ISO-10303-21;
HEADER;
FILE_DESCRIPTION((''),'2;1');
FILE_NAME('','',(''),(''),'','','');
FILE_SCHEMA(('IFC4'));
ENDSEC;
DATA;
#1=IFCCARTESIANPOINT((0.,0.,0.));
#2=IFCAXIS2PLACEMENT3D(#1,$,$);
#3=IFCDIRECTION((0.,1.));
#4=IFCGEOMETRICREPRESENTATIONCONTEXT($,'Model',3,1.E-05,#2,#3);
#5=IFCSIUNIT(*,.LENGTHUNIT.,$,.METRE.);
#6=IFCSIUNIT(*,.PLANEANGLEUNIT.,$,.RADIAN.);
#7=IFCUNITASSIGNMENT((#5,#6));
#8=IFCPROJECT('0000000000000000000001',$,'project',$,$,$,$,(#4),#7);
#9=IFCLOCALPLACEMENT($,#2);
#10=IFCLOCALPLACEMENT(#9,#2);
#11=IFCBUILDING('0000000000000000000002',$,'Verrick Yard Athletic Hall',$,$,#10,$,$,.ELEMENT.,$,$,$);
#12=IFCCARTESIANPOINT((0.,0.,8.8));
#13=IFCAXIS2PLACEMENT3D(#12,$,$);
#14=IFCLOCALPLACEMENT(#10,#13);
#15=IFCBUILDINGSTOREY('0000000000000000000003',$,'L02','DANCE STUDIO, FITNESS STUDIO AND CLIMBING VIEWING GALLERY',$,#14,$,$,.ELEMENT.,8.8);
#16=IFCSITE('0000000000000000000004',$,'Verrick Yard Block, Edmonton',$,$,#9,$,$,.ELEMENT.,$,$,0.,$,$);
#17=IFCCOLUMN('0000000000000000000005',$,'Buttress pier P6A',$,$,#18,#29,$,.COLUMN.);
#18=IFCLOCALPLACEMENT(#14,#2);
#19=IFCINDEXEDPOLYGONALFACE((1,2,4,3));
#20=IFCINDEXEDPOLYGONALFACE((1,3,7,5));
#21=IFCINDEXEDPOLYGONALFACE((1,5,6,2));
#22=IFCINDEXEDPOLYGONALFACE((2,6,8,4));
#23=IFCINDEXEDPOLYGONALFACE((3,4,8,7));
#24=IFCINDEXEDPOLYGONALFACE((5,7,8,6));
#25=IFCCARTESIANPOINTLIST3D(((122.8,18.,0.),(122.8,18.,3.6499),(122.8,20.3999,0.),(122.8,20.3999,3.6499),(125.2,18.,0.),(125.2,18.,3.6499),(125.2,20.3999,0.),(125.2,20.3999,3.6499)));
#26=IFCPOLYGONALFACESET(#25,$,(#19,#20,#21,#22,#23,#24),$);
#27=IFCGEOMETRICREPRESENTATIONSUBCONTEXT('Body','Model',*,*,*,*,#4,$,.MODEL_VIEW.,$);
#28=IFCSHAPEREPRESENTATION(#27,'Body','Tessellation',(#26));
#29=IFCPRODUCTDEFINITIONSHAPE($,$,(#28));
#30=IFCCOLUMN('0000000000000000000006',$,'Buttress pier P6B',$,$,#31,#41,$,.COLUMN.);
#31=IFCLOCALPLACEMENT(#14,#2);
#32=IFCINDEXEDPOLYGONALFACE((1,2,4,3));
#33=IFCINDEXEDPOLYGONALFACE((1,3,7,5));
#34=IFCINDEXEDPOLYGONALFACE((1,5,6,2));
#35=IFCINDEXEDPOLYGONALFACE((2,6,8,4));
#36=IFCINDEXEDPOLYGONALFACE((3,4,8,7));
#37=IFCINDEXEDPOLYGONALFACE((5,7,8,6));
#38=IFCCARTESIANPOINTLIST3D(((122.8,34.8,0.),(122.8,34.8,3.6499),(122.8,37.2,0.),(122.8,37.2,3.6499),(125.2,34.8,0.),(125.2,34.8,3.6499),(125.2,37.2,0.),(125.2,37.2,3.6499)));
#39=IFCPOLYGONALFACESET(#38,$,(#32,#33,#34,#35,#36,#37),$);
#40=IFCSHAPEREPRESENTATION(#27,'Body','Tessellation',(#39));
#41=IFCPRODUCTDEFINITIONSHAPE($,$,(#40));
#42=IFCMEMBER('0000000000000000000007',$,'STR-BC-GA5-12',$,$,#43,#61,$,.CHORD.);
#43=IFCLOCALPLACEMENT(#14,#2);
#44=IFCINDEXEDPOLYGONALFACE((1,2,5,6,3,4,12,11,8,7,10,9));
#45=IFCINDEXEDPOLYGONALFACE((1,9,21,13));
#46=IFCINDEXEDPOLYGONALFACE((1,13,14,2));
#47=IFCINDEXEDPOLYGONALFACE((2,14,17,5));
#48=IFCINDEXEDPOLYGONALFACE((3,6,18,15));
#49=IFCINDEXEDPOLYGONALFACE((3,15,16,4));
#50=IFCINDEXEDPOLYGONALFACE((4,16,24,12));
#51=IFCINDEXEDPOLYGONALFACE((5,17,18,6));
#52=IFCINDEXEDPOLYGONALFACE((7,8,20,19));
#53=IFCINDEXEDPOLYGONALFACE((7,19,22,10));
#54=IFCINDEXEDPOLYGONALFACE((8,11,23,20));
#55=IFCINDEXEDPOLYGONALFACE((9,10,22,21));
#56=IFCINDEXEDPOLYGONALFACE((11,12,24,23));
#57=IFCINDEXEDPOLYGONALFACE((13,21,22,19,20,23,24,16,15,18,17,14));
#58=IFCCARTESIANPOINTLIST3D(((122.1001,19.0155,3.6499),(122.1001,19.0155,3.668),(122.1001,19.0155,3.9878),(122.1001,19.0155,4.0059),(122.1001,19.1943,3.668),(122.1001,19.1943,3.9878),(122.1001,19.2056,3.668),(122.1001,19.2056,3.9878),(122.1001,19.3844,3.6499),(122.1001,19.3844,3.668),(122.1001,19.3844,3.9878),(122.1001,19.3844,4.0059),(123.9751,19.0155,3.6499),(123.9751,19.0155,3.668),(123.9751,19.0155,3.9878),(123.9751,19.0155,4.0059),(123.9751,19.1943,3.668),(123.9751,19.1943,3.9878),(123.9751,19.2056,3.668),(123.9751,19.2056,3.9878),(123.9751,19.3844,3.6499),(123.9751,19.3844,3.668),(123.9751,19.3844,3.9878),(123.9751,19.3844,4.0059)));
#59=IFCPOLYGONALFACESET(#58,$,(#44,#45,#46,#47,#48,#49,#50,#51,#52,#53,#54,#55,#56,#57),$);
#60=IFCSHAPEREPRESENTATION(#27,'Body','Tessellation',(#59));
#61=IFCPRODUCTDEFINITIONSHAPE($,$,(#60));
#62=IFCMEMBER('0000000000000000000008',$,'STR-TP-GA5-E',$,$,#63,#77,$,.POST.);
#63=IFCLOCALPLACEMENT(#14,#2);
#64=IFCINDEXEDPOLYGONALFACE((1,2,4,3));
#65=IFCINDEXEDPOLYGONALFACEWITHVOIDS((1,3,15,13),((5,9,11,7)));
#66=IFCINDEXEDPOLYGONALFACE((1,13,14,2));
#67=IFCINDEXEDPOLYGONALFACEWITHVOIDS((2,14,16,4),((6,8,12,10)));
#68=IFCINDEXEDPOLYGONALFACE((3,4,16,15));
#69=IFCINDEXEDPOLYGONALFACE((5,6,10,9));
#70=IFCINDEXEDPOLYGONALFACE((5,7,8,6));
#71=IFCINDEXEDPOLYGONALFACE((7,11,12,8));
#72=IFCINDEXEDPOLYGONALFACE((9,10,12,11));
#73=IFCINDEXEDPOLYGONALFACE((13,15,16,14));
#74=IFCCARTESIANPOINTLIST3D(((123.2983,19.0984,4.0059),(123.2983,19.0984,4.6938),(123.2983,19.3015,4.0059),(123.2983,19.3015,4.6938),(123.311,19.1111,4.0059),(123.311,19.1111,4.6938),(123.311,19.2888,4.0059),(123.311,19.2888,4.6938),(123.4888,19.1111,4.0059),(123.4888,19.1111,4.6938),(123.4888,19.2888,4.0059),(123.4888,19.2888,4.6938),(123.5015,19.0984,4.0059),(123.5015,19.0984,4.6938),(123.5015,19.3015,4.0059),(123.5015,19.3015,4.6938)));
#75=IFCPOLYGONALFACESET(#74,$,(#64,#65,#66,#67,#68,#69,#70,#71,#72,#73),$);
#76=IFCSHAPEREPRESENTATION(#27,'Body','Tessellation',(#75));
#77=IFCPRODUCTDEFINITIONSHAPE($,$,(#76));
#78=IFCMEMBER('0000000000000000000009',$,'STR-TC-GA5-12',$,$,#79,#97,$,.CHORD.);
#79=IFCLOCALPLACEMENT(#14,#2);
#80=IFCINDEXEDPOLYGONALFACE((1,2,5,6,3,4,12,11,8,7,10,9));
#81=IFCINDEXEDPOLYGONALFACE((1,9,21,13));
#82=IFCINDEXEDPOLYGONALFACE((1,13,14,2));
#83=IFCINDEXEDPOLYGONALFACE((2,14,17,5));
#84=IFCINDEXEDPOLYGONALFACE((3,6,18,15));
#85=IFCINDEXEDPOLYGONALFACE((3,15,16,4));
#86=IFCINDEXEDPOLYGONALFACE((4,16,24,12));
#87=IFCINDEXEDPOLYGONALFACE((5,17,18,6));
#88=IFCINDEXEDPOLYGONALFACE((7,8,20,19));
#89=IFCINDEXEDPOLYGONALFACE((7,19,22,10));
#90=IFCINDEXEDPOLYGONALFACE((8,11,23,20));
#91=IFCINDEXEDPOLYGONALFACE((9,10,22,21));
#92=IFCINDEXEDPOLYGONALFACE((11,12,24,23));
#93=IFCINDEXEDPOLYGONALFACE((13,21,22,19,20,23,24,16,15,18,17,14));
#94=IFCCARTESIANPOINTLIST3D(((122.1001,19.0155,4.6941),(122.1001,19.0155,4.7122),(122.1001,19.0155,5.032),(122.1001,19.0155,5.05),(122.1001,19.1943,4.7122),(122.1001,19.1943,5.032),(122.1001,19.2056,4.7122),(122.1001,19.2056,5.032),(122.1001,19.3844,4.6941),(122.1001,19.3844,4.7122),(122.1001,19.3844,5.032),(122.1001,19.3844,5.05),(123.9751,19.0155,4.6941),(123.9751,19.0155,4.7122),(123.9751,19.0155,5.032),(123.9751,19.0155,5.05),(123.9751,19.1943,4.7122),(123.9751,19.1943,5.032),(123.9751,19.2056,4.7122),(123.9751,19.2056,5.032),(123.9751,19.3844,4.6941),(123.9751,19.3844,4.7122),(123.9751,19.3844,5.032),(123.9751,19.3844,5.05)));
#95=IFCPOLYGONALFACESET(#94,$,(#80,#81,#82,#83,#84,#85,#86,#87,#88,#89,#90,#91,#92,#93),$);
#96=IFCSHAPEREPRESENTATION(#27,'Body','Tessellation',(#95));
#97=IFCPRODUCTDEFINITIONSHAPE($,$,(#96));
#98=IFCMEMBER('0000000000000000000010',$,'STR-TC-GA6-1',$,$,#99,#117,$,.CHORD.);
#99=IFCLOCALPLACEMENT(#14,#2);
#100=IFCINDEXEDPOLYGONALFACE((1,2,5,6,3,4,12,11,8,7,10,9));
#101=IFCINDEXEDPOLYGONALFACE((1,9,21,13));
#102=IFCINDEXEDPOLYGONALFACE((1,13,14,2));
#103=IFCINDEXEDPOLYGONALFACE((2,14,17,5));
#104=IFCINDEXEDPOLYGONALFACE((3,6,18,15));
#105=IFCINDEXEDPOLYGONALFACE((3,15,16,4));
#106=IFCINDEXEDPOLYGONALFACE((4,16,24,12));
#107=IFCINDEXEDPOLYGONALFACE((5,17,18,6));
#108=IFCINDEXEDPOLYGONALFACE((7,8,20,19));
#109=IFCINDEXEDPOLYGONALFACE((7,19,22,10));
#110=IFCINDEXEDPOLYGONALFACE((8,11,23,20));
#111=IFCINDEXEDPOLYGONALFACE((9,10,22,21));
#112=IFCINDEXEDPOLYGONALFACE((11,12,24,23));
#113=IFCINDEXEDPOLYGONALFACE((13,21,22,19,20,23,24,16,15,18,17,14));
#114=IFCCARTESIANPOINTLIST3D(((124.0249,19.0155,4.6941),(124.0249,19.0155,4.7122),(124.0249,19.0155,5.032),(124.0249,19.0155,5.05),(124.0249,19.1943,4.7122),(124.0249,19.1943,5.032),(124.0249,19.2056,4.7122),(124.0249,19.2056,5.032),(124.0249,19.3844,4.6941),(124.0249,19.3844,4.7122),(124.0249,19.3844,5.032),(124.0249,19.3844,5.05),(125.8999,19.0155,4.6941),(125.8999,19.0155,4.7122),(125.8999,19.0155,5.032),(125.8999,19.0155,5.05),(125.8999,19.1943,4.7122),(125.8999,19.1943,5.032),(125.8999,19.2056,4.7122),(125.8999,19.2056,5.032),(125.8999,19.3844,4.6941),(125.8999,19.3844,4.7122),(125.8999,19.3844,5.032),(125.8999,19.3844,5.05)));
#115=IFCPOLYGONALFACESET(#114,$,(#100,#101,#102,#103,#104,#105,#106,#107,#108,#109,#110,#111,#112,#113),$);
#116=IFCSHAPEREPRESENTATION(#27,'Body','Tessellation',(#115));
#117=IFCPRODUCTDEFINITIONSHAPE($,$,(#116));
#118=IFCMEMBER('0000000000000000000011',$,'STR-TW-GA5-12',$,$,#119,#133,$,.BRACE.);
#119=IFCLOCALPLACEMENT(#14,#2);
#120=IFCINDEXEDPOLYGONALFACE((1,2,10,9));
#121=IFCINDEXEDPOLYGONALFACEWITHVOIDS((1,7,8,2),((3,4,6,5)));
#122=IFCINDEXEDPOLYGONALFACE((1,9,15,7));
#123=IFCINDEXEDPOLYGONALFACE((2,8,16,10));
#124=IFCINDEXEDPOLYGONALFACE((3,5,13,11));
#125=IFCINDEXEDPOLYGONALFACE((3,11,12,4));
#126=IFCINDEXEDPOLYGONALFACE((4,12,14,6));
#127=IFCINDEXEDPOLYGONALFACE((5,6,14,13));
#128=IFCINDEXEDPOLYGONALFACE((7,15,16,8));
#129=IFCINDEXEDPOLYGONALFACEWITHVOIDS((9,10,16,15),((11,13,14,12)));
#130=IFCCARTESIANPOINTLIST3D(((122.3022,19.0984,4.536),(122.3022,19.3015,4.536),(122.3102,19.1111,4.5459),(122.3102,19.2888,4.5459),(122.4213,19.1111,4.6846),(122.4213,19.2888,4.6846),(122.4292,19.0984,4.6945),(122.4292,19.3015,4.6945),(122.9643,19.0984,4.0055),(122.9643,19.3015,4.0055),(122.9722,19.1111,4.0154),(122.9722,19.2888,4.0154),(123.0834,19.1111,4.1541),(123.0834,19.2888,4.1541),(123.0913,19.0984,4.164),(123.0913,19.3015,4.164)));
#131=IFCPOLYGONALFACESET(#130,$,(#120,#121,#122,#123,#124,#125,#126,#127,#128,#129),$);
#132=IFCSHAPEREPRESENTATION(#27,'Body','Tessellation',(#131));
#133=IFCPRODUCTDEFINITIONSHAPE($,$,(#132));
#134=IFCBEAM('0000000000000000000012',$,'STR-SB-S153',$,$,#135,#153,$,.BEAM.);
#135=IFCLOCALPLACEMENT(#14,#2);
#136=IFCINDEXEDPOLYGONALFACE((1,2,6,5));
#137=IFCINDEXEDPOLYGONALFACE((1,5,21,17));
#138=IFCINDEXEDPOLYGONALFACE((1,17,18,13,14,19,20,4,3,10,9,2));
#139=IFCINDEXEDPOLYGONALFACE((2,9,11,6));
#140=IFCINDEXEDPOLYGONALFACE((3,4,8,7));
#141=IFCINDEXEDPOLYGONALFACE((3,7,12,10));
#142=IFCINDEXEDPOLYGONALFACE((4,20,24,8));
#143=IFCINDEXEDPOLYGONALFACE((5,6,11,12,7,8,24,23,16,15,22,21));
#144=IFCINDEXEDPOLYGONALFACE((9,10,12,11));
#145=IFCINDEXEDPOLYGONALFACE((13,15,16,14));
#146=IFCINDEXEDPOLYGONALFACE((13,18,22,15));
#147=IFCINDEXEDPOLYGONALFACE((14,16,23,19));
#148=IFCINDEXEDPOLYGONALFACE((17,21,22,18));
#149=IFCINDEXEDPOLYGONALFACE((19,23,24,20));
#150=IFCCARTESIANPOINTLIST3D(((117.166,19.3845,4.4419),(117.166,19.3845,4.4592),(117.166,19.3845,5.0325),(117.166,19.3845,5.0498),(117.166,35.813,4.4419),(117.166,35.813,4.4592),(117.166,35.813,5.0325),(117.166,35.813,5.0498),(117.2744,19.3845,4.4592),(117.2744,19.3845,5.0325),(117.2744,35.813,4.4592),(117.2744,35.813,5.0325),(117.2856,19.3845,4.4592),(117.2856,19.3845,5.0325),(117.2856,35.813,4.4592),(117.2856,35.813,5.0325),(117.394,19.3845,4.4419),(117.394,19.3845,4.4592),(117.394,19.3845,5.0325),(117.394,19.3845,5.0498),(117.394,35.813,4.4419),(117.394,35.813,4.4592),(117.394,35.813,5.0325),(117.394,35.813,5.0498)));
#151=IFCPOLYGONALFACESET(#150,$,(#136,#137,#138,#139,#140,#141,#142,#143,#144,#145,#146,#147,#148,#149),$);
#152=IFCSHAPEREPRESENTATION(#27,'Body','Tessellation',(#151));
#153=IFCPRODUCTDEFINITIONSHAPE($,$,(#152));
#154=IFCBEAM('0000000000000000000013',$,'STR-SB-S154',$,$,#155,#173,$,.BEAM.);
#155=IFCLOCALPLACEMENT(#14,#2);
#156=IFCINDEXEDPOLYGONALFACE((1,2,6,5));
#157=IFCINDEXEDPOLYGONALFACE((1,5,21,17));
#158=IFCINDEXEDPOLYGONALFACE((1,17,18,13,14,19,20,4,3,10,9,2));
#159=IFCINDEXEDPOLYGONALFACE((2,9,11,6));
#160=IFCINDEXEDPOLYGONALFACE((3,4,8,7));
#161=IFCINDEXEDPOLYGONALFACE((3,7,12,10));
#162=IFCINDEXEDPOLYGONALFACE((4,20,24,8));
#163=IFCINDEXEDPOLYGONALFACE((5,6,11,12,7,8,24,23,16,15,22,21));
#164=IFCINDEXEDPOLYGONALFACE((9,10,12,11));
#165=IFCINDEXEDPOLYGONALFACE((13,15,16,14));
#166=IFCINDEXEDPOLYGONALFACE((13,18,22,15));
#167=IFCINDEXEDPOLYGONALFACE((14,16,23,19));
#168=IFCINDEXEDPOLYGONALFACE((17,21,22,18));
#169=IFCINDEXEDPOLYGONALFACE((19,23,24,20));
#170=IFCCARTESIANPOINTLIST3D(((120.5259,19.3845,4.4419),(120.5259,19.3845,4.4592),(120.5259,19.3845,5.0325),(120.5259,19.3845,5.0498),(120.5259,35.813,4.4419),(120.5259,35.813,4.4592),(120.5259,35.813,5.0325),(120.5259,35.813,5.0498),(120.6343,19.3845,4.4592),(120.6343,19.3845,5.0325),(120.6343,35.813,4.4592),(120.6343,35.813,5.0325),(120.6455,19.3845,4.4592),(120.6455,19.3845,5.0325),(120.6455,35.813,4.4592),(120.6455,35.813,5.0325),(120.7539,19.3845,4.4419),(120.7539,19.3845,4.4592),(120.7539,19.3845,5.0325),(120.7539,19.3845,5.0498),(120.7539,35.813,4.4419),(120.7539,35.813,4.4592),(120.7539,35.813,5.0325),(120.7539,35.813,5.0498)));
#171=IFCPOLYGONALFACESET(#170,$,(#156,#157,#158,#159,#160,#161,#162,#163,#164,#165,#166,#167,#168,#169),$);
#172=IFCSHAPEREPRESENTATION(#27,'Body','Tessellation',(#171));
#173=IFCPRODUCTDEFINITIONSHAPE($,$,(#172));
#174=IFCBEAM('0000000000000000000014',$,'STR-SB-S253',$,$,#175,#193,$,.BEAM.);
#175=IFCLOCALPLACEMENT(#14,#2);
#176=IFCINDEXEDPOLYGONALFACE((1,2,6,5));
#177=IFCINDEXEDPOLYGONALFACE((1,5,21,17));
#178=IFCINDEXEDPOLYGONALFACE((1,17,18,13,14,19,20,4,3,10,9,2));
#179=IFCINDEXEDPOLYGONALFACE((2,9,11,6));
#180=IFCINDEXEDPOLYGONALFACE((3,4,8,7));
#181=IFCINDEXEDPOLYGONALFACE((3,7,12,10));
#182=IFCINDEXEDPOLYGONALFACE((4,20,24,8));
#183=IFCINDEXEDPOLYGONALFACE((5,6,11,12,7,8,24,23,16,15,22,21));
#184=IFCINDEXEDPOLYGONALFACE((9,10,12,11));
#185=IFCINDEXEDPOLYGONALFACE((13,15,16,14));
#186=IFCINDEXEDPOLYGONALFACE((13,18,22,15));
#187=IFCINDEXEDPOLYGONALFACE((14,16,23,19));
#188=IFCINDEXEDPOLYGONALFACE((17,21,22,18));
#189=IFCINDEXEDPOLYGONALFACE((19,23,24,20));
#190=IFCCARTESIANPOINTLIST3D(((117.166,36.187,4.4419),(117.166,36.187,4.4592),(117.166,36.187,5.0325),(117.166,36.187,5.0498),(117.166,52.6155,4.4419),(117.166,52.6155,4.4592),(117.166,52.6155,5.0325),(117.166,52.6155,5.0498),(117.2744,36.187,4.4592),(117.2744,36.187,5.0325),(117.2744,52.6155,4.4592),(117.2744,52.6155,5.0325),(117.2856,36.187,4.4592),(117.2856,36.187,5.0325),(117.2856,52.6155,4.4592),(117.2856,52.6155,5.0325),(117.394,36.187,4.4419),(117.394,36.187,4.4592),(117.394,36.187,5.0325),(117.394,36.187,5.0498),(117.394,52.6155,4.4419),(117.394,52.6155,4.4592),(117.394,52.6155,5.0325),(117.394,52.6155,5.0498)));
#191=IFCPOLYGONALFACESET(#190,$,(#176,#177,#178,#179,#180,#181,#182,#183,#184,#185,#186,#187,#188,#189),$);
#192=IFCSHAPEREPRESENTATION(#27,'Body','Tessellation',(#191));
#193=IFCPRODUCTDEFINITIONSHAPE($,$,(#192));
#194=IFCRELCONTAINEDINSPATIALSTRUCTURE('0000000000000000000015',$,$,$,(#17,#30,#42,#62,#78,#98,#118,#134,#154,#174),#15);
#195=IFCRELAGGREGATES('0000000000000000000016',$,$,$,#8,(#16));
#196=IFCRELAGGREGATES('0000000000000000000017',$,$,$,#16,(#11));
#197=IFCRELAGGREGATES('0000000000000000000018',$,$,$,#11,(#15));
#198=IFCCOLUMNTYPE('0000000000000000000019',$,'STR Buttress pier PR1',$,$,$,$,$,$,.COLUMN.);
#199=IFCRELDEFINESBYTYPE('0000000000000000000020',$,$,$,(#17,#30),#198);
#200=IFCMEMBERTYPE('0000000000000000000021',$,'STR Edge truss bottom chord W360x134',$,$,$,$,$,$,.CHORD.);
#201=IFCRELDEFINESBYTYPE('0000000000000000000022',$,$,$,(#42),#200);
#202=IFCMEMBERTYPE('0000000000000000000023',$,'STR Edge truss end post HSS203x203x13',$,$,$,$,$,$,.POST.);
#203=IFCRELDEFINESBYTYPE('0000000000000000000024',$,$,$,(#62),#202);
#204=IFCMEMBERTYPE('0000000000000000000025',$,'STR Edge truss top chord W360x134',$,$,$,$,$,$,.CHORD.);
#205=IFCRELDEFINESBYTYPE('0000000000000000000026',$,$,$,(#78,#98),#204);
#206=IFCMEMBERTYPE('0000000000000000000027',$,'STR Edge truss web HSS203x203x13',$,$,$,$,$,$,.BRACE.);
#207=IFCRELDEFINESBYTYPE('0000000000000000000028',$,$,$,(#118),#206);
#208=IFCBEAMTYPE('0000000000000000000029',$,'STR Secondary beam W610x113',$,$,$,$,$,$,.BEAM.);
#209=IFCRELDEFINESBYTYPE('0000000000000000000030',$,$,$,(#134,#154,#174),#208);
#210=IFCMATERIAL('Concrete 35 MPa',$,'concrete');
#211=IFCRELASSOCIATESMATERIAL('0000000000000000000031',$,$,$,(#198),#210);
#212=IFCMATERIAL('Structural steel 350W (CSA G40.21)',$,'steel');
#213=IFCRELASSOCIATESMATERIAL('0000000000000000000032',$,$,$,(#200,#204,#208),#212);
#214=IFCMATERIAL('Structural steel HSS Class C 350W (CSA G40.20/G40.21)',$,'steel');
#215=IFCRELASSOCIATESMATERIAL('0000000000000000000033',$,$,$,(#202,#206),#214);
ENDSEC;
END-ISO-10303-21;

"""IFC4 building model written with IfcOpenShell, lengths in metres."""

from ifc_helpers import new_model, si_unit, direction, frame, origin, origin_2d, place, context, subcontext, project, spatial, rectangle, hollow_rectangle, i_section, extrude, material, material_profile, profile_set, type_object, element, save


model = new_model("IFC4")

# Units and contexts
model_context = context("Model", 3, precision=1e-05, world=origin(), true_north=direction((0.0, 1.0)))
body_context = subcontext(model_context, "Body", "Model", "MODEL_VIEW")
ifc_project = project(units=[si_unit("LENGTHUNIT", "METRE"), si_unit("PLANEANGLEUNIT", "RADIAN")], contexts=[model_context])

# Site, building, storey
site_placement = place(None, origin())
site = spatial("IfcSite", under=ifc_project, at=site_placement, Name="Verrick Yard Block, Edmonton", CompositionType="ELEMENT", RefElevation=0.0)
building_placement = place(site_placement, origin())
building = spatial("IfcBuilding", under=site, at=building_placement, Name="Verrick Yard Athletic Hall", CompositionType="ELEMENT")
storey_placement = place(building_placement, frame((0.0, 0.0, 8.8)))
storey = spatial("IfcBuildingStorey", under=building, at=storey_placement, Name="L02", Description="DANCE STUDIO, FITNESS STUDIO AND CLIMBING VIEWING GALLERY", CompositionType="ELEMENT", Elevation=8.8)

# Columns
ifc_material_1 = material(Name="Concrete 35 MPa", Category="concrete")
ifc_material_profile_1 = material_profile(ifc_material_1, rectangle(XDim=2.3999, YDim=2.3999, at=origin_2d()), Name="STR Buttress pier PR1")
ifc_profile_set_1 = profile_set([ifc_material_profile_1], Name="Concrete 35 MPa")
column_type = type_object("IfcColumnType", Name="STR Buttress pier PR1", PredefinedType="COLUMN", material=ifc_profile_set_1)
for number, where, z_axis, x_axis, name in (
    (1, (124.0, 19.2, 0.0), (0.0, 0.0, 1.0), (1.0, 0.0, 0.0), "Buttress pier P6A"),
    (2, (124.0, 36.0, 0.0), (0.0, 0.0, 1.0), (1.0, 0.0, 0.0), "Buttress pier P6B"),
):
    element("IfcColumn", number, at=place(storey_placement, frame(where, z_axis=z_axis, x_axis=x_axis)), inside=storey, type_object=column_type, Name=name, PredefinedType="COLUMN", context=body_context, shape_type="SweptSolid", body=[
        extrude(rectangle(XDim=2.3999, YDim=2.3999, at=origin_2d()), origin(), (0.0, 0.0, 1.0), 3.6499),
    ])

# Members
ifc_material_2 = material(Name="Structural steel 350W (CSA G40.21)", Category="steel")
ifc_material_profile_2 = material_profile(ifc_material_2, i_section(OverallWidth=0.3689, OverallDepth=0.356, WebThickness=0.0112, FlangeThickness=0.0181, at=origin_2d()), Name="W360x134")
ifc_profile_set_2 = profile_set([ifc_material_profile_2], Name="Structural steel 350W (CSA G40.21)")
member_type_1 = type_object("IfcMemberType", Name="STR Edge truss bottom chord W360x134", PredefinedType="CHORD", material=ifc_profile_set_2)
member_1_placement = place(storey_placement, frame((122.1001, 19.2, 3.8279), z_axis=(1.0, 0.0, 0.0), x_axis=(0.0, 1.0, 0.0)))
element("IfcMember", 3, at=member_1_placement, inside=storey, type_object=member_type_1, Name="STR-BC-GA5-12", PredefinedType="CHORD", context=body_context, shape_type="SweptSolid", body=[
    extrude(i_section(OverallWidth=0.3689, OverallDepth=0.356, WebThickness=0.0112, FlangeThickness=0.0181, at=origin_2d()), origin(), (0.0, 0.0, 1.0), 1.875),
])
ifc_material_3 = material(Name="Structural steel HSS Class C 350W (CSA G40.20/G40.21)", Category="steel")
ifc_material_profile_3 = material_profile(ifc_material_3, hollow_rectangle(XDim=0.2031, YDim=0.2031, WallThickness=0.0127, at=origin_2d()), Name="HSS203x203x13")
ifc_profile_set_3 = profile_set([ifc_material_profile_3], Name="Structural steel HSS Class C 350W (CSA G40.20/G40.21)")
member_type_2 = type_object("IfcMemberType", Name="STR Edge truss end post HSS203x203x13", PredefinedType="POST", material=ifc_profile_set_3)
member_2_placement = place(storey_placement, frame((123.3999, 19.2, 4.0059), z_axis=(0.0, 0.0, 1.0), x_axis=(1.0, 0.0, 0.0)))
element("IfcMember", 4, at=member_2_placement, inside=storey, type_object=member_type_2, Name="STR-TP-GA5-E", PredefinedType="POST", context=body_context, shape_type="SweptSolid", body=[
    extrude(hollow_rectangle(XDim=0.2031, YDim=0.2031, WallThickness=0.0127, at=origin_2d()), origin(), (0.0, 0.0, 1.0), 0.688),
])
ifc_material_profile_4 = material_profile(ifc_material_2, i_section(OverallWidth=0.3689, OverallDepth=0.356, WebThickness=0.0112, FlangeThickness=0.0181, at=origin_2d()), Name="W360x134")
ifc_profile_set_4 = profile_set([ifc_material_profile_4], Name="Structural steel 350W (CSA G40.21)")
member_type_3 = type_object("IfcMemberType", Name="STR Edge truss top chord W360x134", PredefinedType="CHORD", material=ifc_profile_set_4)
for number, where, z_axis, x_axis, name in (
    (5, (122.1001, 19.2, 4.8721), (1.0, 0.0, 0.0), (0.0, 1.0, 0.0), "STR-TC-GA5-12"),
    (6, (124.0249, 19.2, 4.8721), (1.0, 0.0, 0.0), (0.0, 1.0, 0.0), "STR-TC-GA6-1"),
):
    element("IfcMember", number, at=place(storey_placement, frame(where, z_axis=z_axis, x_axis=x_axis)), inside=storey, type_object=member_type_3, Name=name, PredefinedType="CHORD", context=body_context, shape_type="SweptSolid", body=[
        extrude(i_section(OverallWidth=0.3689, OverallDepth=0.356, WebThickness=0.0112, FlangeThickness=0.0181, at=origin_2d()), origin(), (0.0, 0.0, 1.0), 1.875),
    ])
ifc_material_profile_5 = material_profile(ifc_material_3, hollow_rectangle(XDim=0.2031, YDim=0.2031, WallThickness=0.0127, at=origin_2d()), Name="HSS203x203x13")
ifc_profile_set_5 = profile_set([ifc_material_profile_5], Name="Structural steel HSS Class C 350W (CSA G40.20/G40.21)")
member_type_4 = type_object("IfcMemberType", Name="STR Edge truss web HSS203x203x13", PredefinedType="BRACE", material=ifc_profile_set_5)
member_3_placement = place(storey_placement, frame((122.3657, 19.2, 4.6152), z_axis=(0.780391, 0.0, -0.625291), x_axis=(0.0, 1.0, 0.0)))
element("IfcMember", 7, at=member_3_placement, inside=storey, type_object=member_type_4, Name="STR-TW-GA5-12", PredefinedType="BRACE", context=body_context, shape_type="SweptSolid", body=[
    extrude(hollow_rectangle(XDim=0.2031, YDim=0.2031, WallThickness=0.0127, at=origin_2d()), origin(), (0.0, 0.0, 1.0), 0.8484),
])

# Beams
ifc_material_profile_6 = material_profile(ifc_material_2, i_section(OverallWidth=0.228, OverallDepth=0.6079, WebThickness=0.0112, FlangeThickness=0.0173, at=origin_2d()), Name="W610x113")
ifc_profile_set_6 = profile_set([ifc_material_profile_6], Name="Structural steel 350W (CSA G40.21)")
beam_type = type_object("IfcBeamType", Name="STR Secondary beam W610x113", PredefinedType="BEAM", material=ifc_profile_set_6)
for number, where, z_axis, x_axis, name in (
    (8, (117.28, 19.3845, 4.7458), (0.0, 1.0, 0.0), (-1.0, 0.0, 0.0), "STR-SB-S153"),
    (9, (120.6399, 19.3845, 4.7458), (0.0, 1.0, 0.0), (-1.0, 0.0, 0.0), "STR-SB-S154"),
    (10, (117.28, 36.187, 4.7458), (0.0, 1.0, 0.0), (-1.0, 0.0, 0.0), "STR-SB-S253"),
):
    element("IfcBeam", number, at=place(storey_placement, frame(where, z_axis=z_axis, x_axis=x_axis)), inside=storey, type_object=beam_type, Name=name, PredefinedType="BEAM", context=body_context, shape_type="SweptSolid", body=[
        extrude(i_section(OverallWidth=0.228, OverallDepth=0.6079, WebThickness=0.0112, FlangeThickness=0.0173, at=origin_2d()), origin(), (0.0, 0.0, 1.0), 16.4285),
    ])

save(model, "model.ifc")
